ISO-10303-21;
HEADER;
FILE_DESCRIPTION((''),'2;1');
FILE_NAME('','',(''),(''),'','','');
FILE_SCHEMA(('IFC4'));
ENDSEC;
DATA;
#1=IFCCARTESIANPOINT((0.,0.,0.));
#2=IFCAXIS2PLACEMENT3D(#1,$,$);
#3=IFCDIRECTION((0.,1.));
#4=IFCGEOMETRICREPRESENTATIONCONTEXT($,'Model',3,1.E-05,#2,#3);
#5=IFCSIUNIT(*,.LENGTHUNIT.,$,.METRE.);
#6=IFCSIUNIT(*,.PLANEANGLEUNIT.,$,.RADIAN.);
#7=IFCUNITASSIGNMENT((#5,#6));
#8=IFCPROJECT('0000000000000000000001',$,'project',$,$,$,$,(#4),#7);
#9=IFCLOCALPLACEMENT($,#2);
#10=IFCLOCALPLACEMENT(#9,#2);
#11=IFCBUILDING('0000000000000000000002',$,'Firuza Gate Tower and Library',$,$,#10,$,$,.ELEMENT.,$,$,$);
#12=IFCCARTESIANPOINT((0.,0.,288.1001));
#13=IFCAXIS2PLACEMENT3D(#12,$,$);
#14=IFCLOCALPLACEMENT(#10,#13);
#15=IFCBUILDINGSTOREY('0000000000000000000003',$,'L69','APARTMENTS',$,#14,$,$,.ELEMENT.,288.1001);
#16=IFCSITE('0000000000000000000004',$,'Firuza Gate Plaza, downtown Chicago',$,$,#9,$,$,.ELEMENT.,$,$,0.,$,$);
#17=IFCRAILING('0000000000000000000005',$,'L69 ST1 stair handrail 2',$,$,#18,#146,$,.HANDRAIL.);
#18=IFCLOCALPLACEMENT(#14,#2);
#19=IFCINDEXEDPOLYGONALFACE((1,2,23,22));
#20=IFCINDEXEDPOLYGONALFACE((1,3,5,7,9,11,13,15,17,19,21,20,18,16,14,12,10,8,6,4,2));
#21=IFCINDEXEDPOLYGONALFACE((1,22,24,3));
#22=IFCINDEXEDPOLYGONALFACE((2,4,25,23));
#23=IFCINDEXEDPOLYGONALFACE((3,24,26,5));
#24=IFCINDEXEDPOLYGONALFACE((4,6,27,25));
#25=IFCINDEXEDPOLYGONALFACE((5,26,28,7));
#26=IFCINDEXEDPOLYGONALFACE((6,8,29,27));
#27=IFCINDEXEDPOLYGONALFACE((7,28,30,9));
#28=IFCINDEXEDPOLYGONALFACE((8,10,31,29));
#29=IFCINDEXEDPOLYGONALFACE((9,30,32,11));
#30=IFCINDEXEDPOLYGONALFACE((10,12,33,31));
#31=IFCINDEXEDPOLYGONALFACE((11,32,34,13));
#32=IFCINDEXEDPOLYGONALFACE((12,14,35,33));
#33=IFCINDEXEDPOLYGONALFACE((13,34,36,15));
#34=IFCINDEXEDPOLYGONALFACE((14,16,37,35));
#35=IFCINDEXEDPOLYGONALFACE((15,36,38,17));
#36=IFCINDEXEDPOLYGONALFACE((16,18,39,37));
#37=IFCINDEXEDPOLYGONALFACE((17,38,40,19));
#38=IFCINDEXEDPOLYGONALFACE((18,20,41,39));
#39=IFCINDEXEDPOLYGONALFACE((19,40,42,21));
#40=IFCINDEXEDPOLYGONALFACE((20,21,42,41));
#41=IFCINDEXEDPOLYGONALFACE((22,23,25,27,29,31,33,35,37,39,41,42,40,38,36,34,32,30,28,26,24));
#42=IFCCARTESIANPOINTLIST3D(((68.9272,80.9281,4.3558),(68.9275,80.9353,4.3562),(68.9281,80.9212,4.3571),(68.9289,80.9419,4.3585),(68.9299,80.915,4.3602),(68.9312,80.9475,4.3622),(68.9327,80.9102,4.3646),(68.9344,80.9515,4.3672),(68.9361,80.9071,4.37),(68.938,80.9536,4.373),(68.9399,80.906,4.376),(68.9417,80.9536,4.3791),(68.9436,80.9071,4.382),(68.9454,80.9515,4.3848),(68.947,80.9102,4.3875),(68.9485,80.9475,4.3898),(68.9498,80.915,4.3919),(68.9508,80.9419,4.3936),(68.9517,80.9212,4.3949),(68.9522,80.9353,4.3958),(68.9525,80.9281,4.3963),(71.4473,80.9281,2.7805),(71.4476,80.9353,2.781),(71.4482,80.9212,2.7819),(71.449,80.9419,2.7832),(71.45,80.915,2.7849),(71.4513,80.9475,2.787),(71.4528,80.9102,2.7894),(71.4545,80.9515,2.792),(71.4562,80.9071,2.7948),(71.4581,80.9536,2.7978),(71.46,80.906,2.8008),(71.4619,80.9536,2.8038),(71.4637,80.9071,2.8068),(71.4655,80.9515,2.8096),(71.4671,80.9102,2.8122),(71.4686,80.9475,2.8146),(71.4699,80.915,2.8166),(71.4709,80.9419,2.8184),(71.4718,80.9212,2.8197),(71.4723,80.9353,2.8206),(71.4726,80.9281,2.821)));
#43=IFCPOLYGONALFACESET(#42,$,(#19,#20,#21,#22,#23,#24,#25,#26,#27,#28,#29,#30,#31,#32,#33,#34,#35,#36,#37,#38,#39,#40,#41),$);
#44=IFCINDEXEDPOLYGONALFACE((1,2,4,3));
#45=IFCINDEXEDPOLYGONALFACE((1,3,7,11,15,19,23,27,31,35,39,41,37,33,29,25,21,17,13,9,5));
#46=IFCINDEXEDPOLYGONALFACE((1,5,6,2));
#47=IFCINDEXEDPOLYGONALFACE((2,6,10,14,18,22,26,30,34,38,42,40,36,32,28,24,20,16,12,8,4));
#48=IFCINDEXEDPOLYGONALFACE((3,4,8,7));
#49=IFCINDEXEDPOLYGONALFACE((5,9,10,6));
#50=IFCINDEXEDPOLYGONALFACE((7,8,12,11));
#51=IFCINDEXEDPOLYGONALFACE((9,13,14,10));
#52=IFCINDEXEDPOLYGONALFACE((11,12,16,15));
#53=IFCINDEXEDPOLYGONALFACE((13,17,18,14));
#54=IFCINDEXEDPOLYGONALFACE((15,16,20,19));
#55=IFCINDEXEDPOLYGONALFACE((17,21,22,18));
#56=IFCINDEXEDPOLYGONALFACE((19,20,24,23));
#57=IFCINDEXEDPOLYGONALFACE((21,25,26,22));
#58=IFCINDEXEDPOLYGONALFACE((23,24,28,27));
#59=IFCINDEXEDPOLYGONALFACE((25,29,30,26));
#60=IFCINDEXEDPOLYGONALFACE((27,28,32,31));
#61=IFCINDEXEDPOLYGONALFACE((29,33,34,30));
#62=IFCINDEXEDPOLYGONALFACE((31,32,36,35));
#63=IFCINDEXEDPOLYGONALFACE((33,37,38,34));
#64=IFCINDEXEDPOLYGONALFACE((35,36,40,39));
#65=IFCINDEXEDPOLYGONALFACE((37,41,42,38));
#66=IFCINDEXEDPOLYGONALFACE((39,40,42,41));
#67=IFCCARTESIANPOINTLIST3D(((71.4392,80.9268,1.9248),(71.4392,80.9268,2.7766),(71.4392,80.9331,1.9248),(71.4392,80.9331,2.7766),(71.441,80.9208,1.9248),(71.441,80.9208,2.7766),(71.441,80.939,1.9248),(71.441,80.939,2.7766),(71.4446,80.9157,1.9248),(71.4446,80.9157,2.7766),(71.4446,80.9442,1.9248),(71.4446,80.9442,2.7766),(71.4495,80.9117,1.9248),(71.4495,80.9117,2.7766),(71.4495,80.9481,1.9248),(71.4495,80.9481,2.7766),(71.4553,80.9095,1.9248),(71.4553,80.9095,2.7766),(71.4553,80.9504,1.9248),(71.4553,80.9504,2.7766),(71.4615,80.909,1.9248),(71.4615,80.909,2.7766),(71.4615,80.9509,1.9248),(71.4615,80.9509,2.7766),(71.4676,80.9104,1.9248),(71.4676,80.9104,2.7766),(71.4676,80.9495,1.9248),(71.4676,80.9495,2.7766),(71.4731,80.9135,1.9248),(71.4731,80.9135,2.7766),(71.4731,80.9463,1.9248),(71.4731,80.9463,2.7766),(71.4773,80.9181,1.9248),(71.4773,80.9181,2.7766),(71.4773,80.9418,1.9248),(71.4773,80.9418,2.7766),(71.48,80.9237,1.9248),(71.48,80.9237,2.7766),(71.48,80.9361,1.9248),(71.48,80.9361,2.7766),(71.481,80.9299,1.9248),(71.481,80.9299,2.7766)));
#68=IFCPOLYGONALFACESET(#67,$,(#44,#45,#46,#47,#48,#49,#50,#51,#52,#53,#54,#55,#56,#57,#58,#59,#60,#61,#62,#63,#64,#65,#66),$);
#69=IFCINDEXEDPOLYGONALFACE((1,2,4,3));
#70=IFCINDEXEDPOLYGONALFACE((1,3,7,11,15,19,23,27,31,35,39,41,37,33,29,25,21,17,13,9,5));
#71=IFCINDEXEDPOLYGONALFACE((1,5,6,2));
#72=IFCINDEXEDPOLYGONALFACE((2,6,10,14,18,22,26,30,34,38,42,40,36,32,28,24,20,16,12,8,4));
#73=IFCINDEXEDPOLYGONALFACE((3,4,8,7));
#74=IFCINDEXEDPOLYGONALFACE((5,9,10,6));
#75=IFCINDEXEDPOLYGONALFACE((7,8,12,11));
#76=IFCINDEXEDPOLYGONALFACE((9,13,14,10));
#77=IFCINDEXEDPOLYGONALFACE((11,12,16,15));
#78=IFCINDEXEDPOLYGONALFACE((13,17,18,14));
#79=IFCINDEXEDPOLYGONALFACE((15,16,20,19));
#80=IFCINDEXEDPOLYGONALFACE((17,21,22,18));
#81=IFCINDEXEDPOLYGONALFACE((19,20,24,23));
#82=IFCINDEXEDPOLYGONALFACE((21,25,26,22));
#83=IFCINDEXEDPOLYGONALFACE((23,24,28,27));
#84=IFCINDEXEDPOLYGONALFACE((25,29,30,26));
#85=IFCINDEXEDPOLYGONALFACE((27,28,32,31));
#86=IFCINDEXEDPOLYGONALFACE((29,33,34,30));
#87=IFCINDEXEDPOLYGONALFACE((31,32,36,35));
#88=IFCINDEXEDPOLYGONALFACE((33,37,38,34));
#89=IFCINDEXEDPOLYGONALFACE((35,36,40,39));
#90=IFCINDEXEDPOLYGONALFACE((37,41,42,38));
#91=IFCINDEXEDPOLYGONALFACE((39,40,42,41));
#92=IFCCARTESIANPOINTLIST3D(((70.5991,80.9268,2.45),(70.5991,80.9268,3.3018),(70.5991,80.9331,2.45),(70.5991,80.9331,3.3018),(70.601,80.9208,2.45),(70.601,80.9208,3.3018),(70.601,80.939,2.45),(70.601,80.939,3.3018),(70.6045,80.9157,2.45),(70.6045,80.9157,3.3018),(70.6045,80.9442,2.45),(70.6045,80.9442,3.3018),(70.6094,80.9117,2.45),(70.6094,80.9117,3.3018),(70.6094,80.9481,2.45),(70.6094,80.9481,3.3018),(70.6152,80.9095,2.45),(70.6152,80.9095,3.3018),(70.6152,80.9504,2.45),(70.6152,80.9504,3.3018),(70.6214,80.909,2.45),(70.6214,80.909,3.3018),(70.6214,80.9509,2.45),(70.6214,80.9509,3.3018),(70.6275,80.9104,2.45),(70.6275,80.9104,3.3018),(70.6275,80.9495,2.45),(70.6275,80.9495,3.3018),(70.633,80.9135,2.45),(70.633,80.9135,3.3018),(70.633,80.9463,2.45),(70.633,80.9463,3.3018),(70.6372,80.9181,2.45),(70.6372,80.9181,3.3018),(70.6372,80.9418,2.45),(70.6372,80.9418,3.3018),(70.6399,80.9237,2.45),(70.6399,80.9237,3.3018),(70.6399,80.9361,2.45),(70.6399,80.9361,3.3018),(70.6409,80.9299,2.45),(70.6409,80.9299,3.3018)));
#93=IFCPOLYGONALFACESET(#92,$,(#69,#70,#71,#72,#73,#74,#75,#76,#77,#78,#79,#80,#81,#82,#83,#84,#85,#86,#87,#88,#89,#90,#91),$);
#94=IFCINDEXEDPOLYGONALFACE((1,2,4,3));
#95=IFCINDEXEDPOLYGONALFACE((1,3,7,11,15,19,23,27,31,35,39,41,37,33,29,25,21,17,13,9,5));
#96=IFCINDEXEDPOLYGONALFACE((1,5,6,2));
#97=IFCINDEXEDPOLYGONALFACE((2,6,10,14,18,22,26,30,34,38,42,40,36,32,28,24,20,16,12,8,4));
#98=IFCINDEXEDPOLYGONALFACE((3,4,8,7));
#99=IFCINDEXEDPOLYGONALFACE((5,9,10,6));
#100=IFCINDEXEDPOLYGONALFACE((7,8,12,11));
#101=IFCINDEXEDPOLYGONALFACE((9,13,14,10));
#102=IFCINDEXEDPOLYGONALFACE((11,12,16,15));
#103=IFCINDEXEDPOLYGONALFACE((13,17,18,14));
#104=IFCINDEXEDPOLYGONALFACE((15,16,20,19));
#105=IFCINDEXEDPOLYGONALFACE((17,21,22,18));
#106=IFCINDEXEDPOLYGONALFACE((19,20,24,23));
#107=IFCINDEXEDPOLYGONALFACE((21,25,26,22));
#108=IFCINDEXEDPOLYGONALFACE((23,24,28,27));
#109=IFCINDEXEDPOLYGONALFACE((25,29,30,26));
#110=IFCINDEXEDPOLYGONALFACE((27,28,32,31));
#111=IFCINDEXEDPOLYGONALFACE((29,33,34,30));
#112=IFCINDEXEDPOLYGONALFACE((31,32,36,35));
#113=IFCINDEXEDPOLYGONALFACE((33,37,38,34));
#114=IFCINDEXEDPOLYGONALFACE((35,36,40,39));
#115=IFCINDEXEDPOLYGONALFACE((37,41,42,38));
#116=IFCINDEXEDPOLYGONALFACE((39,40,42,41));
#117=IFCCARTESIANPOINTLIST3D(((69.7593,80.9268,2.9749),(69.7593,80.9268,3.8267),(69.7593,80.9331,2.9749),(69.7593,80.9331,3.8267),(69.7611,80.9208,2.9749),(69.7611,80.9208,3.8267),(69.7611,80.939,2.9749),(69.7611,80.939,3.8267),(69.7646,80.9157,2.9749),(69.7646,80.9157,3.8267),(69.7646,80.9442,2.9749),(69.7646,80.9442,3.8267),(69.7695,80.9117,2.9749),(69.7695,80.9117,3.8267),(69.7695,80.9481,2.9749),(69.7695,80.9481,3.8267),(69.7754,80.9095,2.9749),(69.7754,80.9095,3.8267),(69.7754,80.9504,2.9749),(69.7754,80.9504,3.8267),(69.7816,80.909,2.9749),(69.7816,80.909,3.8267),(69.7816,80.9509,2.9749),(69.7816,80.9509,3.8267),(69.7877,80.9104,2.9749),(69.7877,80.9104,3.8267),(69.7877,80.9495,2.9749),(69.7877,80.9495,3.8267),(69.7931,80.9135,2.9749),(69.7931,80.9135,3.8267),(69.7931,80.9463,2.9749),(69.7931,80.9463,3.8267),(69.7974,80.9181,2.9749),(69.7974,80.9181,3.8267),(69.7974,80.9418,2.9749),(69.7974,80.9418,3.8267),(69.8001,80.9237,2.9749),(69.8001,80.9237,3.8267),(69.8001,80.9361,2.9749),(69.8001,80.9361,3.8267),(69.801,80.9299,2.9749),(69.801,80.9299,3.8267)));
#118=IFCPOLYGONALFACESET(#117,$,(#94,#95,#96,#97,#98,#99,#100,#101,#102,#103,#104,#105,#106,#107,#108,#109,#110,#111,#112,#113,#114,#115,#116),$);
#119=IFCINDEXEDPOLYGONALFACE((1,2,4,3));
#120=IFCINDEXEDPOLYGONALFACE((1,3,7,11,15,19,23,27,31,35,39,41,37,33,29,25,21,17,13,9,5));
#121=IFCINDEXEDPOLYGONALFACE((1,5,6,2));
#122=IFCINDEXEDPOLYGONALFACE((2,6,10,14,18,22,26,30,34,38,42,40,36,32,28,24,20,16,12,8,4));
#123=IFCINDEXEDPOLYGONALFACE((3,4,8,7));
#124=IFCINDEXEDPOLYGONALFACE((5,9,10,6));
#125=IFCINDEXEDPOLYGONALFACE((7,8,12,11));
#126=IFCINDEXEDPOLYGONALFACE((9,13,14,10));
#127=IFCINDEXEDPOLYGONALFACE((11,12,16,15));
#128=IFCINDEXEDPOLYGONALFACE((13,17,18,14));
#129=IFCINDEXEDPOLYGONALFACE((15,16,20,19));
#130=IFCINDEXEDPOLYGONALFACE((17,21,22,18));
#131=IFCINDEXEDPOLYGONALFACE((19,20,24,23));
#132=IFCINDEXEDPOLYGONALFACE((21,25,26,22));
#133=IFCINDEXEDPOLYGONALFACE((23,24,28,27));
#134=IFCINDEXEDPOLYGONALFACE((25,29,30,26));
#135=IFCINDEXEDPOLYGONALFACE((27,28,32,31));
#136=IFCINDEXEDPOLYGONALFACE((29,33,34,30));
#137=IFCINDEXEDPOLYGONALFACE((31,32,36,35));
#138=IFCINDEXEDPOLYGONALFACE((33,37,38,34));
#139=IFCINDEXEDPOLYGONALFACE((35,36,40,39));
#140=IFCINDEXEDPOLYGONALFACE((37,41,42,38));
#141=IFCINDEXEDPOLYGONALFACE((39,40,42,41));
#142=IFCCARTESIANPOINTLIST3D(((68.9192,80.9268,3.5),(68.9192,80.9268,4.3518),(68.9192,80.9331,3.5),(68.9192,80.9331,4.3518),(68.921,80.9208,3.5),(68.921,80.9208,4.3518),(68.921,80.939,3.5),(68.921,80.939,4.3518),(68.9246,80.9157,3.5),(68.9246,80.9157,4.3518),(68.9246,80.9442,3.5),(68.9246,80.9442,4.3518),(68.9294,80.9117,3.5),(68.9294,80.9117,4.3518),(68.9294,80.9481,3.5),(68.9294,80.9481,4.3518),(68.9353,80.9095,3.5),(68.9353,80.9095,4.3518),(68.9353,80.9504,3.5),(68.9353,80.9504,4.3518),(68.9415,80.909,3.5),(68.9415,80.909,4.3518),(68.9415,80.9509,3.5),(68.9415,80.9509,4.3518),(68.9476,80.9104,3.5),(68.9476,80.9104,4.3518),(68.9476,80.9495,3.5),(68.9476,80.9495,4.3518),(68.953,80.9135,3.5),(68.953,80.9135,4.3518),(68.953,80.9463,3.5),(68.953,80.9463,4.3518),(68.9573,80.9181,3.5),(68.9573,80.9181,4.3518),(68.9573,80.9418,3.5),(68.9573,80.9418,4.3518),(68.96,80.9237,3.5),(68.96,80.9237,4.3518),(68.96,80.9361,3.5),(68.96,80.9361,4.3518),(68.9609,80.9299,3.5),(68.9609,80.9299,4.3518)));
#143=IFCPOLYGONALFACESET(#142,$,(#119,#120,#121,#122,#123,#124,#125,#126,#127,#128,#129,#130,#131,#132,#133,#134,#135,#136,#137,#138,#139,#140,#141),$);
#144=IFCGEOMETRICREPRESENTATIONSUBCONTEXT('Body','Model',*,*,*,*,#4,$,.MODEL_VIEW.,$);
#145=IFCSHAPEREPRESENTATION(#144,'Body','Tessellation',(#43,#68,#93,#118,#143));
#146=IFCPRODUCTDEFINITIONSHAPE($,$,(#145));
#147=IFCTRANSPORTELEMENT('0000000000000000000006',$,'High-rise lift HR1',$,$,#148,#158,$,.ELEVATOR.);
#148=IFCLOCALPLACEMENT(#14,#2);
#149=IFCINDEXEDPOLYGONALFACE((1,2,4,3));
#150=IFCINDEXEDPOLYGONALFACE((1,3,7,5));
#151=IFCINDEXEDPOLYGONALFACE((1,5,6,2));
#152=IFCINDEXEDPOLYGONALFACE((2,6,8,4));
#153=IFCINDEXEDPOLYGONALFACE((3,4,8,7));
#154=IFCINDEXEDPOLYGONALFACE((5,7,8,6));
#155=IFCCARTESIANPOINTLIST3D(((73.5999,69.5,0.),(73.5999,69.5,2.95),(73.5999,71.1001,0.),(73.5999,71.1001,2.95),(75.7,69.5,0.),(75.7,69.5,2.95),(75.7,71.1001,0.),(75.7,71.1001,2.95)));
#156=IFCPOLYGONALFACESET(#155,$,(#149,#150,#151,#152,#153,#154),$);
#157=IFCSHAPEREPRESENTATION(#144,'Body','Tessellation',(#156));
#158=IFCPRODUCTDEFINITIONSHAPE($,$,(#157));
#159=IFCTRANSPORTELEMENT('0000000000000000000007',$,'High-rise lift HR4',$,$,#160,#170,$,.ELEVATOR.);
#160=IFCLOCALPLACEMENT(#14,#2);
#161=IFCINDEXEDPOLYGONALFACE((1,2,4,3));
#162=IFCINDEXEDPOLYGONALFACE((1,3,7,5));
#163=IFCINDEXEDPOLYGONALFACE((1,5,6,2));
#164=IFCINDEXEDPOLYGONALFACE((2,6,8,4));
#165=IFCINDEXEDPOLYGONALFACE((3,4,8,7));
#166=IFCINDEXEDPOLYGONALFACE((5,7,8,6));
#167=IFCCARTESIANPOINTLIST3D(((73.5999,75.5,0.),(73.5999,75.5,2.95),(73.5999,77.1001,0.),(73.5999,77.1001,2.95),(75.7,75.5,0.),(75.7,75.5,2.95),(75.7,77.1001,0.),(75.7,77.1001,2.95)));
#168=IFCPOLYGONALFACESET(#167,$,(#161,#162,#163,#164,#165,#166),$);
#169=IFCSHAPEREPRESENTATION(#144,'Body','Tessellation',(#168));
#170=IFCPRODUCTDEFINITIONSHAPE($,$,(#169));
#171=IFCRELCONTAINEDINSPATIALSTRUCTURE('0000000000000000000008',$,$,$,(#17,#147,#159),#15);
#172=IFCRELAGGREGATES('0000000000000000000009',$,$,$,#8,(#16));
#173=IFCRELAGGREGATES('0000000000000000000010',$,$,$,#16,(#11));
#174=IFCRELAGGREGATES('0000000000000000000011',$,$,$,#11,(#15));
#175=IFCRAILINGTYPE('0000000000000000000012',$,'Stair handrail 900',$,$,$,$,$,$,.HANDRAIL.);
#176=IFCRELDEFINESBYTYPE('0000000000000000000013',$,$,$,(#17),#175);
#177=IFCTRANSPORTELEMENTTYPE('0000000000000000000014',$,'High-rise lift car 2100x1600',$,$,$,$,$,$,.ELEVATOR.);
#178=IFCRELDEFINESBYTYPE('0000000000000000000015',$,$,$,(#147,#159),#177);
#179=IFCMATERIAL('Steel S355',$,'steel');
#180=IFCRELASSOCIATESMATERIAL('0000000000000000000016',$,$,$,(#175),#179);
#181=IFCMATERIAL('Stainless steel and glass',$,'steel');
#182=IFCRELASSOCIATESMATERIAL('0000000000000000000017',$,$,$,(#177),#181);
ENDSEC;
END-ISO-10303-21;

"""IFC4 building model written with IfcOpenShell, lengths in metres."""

from ifc_helpers import new_model, si_unit, direction, frame, origin, origin_2d, place, context, subcontext, project, spatial, rectangle, circle, extrude, material, type_object, element, save


model = new_model("IFC4")

# Units and contexts
model_context = context("Model", 3, precision=1e-05, world=origin(), true_north=direction((0.0, 1.0)))
body_context = subcontext(model_context, "Body", "Model", "MODEL_VIEW")
ifc_project = project(units=[si_unit("LENGTHUNIT", "METRE"), si_unit("PLANEANGLEUNIT", "RADIAN")], contexts=[model_context])

# Site, building, storey
site_placement = place(None, origin())
site = spatial("IfcSite", under=ifc_project, at=site_placement, Name="Firuza Gate Plaza, downtown Chicago", CompositionType="ELEMENT", RefElevation=0.0)
building_placement = place(site_placement, origin())
building = spatial("IfcBuilding", under=site, at=building_placement, Name="Firuza Gate Tower and Library", CompositionType="ELEMENT")
storey_placement = place(building_placement, frame((0.0, 0.0, 288.1001)))
storey = spatial("IfcBuildingStorey", under=building, at=storey_placement, Name="L69", Description="APARTMENTS", CompositionType="ELEMENT", Elevation=288.1001)

# Railing
ifc_material_1 = material(Name="Steel S355", Category="steel")
railing_type = type_object("IfcRailingType", Name="Stair handrail 900", PredefinedType="HANDRAIL", material=ifc_material_1)
railing_1_placement = place(storey_placement, frame((71.46, 80.9299, 1.9248)))
element("IfcRailing", 1, at=railing_1_placement, inside=storey, type_object=railing_type, Name="L69 ST1 stair handrail 2", PredefinedType="HANDRAIL", context=body_context, shape_type="SweptSolid", body=[
    extrude(circle(Radius=0.0239, at=origin_2d()), frame((0.0, 0.0, 0.876), z_axis=(-0.847971, 0.0, 0.530043), x_axis=(0.0, -1.0, 0.0)), (0.0, 0.0, 1.0), 2.9719),
    extrude(circle(Radius=0.021, at=origin_2d()), origin(), (0.0, 0.0, 1.0), 0.8518),
    extrude(circle(Radius=0.021, at=origin_2d()), frame((-0.8401, 0.0, 0.5251)), (0.0, 0.0, 1.0), 0.8518),
    extrude(circle(Radius=0.021, at=origin_2d()), frame((-1.6799, 0.0, 1.05)), (0.0, 0.0, 1.0), 0.8518),
    extrude(circle(Radius=0.021, at=origin_2d()), frame((-2.52, 0.0, 1.5752)), (0.0, 0.0, 1.0), 0.8518),
])

# Transport elements
ifc_material_2 = material(Name="Stainless steel and glass", Category="steel")
transport_element_type = type_object("IfcTransportElementType", Name="High-rise lift car 2100x1600", PredefinedType="ELEVATOR", material=ifc_material_2)
for number, where, z_axis, x_axis, name in (
    (2, (74.6499, 70.3, 0.0), (0.0, 0.0, 1.0), (1.0, 0.0, 0.0), "High-rise lift HR1"),
    (3, (74.6499, 76.3, 0.0), (0.0, 0.0, 1.0), (1.0, 0.0, 0.0), "High-rise lift HR4"),
):
    element("IfcTransportElement", number, at=place(storey_placement, frame(where, z_axis=z_axis, x_axis=x_axis)), inside=storey, type_object=transport_element_type, Name=name, PredefinedType="ELEVATOR", context=body_context, shape_type="SweptSolid", body=[
        extrude(rectangle(XDim=2.1001, YDim=1.6001, at=origin_2d()), origin(), (0.0, 0.0, 1.0), 2.95),
    ])

save(model, "model.ifc")
